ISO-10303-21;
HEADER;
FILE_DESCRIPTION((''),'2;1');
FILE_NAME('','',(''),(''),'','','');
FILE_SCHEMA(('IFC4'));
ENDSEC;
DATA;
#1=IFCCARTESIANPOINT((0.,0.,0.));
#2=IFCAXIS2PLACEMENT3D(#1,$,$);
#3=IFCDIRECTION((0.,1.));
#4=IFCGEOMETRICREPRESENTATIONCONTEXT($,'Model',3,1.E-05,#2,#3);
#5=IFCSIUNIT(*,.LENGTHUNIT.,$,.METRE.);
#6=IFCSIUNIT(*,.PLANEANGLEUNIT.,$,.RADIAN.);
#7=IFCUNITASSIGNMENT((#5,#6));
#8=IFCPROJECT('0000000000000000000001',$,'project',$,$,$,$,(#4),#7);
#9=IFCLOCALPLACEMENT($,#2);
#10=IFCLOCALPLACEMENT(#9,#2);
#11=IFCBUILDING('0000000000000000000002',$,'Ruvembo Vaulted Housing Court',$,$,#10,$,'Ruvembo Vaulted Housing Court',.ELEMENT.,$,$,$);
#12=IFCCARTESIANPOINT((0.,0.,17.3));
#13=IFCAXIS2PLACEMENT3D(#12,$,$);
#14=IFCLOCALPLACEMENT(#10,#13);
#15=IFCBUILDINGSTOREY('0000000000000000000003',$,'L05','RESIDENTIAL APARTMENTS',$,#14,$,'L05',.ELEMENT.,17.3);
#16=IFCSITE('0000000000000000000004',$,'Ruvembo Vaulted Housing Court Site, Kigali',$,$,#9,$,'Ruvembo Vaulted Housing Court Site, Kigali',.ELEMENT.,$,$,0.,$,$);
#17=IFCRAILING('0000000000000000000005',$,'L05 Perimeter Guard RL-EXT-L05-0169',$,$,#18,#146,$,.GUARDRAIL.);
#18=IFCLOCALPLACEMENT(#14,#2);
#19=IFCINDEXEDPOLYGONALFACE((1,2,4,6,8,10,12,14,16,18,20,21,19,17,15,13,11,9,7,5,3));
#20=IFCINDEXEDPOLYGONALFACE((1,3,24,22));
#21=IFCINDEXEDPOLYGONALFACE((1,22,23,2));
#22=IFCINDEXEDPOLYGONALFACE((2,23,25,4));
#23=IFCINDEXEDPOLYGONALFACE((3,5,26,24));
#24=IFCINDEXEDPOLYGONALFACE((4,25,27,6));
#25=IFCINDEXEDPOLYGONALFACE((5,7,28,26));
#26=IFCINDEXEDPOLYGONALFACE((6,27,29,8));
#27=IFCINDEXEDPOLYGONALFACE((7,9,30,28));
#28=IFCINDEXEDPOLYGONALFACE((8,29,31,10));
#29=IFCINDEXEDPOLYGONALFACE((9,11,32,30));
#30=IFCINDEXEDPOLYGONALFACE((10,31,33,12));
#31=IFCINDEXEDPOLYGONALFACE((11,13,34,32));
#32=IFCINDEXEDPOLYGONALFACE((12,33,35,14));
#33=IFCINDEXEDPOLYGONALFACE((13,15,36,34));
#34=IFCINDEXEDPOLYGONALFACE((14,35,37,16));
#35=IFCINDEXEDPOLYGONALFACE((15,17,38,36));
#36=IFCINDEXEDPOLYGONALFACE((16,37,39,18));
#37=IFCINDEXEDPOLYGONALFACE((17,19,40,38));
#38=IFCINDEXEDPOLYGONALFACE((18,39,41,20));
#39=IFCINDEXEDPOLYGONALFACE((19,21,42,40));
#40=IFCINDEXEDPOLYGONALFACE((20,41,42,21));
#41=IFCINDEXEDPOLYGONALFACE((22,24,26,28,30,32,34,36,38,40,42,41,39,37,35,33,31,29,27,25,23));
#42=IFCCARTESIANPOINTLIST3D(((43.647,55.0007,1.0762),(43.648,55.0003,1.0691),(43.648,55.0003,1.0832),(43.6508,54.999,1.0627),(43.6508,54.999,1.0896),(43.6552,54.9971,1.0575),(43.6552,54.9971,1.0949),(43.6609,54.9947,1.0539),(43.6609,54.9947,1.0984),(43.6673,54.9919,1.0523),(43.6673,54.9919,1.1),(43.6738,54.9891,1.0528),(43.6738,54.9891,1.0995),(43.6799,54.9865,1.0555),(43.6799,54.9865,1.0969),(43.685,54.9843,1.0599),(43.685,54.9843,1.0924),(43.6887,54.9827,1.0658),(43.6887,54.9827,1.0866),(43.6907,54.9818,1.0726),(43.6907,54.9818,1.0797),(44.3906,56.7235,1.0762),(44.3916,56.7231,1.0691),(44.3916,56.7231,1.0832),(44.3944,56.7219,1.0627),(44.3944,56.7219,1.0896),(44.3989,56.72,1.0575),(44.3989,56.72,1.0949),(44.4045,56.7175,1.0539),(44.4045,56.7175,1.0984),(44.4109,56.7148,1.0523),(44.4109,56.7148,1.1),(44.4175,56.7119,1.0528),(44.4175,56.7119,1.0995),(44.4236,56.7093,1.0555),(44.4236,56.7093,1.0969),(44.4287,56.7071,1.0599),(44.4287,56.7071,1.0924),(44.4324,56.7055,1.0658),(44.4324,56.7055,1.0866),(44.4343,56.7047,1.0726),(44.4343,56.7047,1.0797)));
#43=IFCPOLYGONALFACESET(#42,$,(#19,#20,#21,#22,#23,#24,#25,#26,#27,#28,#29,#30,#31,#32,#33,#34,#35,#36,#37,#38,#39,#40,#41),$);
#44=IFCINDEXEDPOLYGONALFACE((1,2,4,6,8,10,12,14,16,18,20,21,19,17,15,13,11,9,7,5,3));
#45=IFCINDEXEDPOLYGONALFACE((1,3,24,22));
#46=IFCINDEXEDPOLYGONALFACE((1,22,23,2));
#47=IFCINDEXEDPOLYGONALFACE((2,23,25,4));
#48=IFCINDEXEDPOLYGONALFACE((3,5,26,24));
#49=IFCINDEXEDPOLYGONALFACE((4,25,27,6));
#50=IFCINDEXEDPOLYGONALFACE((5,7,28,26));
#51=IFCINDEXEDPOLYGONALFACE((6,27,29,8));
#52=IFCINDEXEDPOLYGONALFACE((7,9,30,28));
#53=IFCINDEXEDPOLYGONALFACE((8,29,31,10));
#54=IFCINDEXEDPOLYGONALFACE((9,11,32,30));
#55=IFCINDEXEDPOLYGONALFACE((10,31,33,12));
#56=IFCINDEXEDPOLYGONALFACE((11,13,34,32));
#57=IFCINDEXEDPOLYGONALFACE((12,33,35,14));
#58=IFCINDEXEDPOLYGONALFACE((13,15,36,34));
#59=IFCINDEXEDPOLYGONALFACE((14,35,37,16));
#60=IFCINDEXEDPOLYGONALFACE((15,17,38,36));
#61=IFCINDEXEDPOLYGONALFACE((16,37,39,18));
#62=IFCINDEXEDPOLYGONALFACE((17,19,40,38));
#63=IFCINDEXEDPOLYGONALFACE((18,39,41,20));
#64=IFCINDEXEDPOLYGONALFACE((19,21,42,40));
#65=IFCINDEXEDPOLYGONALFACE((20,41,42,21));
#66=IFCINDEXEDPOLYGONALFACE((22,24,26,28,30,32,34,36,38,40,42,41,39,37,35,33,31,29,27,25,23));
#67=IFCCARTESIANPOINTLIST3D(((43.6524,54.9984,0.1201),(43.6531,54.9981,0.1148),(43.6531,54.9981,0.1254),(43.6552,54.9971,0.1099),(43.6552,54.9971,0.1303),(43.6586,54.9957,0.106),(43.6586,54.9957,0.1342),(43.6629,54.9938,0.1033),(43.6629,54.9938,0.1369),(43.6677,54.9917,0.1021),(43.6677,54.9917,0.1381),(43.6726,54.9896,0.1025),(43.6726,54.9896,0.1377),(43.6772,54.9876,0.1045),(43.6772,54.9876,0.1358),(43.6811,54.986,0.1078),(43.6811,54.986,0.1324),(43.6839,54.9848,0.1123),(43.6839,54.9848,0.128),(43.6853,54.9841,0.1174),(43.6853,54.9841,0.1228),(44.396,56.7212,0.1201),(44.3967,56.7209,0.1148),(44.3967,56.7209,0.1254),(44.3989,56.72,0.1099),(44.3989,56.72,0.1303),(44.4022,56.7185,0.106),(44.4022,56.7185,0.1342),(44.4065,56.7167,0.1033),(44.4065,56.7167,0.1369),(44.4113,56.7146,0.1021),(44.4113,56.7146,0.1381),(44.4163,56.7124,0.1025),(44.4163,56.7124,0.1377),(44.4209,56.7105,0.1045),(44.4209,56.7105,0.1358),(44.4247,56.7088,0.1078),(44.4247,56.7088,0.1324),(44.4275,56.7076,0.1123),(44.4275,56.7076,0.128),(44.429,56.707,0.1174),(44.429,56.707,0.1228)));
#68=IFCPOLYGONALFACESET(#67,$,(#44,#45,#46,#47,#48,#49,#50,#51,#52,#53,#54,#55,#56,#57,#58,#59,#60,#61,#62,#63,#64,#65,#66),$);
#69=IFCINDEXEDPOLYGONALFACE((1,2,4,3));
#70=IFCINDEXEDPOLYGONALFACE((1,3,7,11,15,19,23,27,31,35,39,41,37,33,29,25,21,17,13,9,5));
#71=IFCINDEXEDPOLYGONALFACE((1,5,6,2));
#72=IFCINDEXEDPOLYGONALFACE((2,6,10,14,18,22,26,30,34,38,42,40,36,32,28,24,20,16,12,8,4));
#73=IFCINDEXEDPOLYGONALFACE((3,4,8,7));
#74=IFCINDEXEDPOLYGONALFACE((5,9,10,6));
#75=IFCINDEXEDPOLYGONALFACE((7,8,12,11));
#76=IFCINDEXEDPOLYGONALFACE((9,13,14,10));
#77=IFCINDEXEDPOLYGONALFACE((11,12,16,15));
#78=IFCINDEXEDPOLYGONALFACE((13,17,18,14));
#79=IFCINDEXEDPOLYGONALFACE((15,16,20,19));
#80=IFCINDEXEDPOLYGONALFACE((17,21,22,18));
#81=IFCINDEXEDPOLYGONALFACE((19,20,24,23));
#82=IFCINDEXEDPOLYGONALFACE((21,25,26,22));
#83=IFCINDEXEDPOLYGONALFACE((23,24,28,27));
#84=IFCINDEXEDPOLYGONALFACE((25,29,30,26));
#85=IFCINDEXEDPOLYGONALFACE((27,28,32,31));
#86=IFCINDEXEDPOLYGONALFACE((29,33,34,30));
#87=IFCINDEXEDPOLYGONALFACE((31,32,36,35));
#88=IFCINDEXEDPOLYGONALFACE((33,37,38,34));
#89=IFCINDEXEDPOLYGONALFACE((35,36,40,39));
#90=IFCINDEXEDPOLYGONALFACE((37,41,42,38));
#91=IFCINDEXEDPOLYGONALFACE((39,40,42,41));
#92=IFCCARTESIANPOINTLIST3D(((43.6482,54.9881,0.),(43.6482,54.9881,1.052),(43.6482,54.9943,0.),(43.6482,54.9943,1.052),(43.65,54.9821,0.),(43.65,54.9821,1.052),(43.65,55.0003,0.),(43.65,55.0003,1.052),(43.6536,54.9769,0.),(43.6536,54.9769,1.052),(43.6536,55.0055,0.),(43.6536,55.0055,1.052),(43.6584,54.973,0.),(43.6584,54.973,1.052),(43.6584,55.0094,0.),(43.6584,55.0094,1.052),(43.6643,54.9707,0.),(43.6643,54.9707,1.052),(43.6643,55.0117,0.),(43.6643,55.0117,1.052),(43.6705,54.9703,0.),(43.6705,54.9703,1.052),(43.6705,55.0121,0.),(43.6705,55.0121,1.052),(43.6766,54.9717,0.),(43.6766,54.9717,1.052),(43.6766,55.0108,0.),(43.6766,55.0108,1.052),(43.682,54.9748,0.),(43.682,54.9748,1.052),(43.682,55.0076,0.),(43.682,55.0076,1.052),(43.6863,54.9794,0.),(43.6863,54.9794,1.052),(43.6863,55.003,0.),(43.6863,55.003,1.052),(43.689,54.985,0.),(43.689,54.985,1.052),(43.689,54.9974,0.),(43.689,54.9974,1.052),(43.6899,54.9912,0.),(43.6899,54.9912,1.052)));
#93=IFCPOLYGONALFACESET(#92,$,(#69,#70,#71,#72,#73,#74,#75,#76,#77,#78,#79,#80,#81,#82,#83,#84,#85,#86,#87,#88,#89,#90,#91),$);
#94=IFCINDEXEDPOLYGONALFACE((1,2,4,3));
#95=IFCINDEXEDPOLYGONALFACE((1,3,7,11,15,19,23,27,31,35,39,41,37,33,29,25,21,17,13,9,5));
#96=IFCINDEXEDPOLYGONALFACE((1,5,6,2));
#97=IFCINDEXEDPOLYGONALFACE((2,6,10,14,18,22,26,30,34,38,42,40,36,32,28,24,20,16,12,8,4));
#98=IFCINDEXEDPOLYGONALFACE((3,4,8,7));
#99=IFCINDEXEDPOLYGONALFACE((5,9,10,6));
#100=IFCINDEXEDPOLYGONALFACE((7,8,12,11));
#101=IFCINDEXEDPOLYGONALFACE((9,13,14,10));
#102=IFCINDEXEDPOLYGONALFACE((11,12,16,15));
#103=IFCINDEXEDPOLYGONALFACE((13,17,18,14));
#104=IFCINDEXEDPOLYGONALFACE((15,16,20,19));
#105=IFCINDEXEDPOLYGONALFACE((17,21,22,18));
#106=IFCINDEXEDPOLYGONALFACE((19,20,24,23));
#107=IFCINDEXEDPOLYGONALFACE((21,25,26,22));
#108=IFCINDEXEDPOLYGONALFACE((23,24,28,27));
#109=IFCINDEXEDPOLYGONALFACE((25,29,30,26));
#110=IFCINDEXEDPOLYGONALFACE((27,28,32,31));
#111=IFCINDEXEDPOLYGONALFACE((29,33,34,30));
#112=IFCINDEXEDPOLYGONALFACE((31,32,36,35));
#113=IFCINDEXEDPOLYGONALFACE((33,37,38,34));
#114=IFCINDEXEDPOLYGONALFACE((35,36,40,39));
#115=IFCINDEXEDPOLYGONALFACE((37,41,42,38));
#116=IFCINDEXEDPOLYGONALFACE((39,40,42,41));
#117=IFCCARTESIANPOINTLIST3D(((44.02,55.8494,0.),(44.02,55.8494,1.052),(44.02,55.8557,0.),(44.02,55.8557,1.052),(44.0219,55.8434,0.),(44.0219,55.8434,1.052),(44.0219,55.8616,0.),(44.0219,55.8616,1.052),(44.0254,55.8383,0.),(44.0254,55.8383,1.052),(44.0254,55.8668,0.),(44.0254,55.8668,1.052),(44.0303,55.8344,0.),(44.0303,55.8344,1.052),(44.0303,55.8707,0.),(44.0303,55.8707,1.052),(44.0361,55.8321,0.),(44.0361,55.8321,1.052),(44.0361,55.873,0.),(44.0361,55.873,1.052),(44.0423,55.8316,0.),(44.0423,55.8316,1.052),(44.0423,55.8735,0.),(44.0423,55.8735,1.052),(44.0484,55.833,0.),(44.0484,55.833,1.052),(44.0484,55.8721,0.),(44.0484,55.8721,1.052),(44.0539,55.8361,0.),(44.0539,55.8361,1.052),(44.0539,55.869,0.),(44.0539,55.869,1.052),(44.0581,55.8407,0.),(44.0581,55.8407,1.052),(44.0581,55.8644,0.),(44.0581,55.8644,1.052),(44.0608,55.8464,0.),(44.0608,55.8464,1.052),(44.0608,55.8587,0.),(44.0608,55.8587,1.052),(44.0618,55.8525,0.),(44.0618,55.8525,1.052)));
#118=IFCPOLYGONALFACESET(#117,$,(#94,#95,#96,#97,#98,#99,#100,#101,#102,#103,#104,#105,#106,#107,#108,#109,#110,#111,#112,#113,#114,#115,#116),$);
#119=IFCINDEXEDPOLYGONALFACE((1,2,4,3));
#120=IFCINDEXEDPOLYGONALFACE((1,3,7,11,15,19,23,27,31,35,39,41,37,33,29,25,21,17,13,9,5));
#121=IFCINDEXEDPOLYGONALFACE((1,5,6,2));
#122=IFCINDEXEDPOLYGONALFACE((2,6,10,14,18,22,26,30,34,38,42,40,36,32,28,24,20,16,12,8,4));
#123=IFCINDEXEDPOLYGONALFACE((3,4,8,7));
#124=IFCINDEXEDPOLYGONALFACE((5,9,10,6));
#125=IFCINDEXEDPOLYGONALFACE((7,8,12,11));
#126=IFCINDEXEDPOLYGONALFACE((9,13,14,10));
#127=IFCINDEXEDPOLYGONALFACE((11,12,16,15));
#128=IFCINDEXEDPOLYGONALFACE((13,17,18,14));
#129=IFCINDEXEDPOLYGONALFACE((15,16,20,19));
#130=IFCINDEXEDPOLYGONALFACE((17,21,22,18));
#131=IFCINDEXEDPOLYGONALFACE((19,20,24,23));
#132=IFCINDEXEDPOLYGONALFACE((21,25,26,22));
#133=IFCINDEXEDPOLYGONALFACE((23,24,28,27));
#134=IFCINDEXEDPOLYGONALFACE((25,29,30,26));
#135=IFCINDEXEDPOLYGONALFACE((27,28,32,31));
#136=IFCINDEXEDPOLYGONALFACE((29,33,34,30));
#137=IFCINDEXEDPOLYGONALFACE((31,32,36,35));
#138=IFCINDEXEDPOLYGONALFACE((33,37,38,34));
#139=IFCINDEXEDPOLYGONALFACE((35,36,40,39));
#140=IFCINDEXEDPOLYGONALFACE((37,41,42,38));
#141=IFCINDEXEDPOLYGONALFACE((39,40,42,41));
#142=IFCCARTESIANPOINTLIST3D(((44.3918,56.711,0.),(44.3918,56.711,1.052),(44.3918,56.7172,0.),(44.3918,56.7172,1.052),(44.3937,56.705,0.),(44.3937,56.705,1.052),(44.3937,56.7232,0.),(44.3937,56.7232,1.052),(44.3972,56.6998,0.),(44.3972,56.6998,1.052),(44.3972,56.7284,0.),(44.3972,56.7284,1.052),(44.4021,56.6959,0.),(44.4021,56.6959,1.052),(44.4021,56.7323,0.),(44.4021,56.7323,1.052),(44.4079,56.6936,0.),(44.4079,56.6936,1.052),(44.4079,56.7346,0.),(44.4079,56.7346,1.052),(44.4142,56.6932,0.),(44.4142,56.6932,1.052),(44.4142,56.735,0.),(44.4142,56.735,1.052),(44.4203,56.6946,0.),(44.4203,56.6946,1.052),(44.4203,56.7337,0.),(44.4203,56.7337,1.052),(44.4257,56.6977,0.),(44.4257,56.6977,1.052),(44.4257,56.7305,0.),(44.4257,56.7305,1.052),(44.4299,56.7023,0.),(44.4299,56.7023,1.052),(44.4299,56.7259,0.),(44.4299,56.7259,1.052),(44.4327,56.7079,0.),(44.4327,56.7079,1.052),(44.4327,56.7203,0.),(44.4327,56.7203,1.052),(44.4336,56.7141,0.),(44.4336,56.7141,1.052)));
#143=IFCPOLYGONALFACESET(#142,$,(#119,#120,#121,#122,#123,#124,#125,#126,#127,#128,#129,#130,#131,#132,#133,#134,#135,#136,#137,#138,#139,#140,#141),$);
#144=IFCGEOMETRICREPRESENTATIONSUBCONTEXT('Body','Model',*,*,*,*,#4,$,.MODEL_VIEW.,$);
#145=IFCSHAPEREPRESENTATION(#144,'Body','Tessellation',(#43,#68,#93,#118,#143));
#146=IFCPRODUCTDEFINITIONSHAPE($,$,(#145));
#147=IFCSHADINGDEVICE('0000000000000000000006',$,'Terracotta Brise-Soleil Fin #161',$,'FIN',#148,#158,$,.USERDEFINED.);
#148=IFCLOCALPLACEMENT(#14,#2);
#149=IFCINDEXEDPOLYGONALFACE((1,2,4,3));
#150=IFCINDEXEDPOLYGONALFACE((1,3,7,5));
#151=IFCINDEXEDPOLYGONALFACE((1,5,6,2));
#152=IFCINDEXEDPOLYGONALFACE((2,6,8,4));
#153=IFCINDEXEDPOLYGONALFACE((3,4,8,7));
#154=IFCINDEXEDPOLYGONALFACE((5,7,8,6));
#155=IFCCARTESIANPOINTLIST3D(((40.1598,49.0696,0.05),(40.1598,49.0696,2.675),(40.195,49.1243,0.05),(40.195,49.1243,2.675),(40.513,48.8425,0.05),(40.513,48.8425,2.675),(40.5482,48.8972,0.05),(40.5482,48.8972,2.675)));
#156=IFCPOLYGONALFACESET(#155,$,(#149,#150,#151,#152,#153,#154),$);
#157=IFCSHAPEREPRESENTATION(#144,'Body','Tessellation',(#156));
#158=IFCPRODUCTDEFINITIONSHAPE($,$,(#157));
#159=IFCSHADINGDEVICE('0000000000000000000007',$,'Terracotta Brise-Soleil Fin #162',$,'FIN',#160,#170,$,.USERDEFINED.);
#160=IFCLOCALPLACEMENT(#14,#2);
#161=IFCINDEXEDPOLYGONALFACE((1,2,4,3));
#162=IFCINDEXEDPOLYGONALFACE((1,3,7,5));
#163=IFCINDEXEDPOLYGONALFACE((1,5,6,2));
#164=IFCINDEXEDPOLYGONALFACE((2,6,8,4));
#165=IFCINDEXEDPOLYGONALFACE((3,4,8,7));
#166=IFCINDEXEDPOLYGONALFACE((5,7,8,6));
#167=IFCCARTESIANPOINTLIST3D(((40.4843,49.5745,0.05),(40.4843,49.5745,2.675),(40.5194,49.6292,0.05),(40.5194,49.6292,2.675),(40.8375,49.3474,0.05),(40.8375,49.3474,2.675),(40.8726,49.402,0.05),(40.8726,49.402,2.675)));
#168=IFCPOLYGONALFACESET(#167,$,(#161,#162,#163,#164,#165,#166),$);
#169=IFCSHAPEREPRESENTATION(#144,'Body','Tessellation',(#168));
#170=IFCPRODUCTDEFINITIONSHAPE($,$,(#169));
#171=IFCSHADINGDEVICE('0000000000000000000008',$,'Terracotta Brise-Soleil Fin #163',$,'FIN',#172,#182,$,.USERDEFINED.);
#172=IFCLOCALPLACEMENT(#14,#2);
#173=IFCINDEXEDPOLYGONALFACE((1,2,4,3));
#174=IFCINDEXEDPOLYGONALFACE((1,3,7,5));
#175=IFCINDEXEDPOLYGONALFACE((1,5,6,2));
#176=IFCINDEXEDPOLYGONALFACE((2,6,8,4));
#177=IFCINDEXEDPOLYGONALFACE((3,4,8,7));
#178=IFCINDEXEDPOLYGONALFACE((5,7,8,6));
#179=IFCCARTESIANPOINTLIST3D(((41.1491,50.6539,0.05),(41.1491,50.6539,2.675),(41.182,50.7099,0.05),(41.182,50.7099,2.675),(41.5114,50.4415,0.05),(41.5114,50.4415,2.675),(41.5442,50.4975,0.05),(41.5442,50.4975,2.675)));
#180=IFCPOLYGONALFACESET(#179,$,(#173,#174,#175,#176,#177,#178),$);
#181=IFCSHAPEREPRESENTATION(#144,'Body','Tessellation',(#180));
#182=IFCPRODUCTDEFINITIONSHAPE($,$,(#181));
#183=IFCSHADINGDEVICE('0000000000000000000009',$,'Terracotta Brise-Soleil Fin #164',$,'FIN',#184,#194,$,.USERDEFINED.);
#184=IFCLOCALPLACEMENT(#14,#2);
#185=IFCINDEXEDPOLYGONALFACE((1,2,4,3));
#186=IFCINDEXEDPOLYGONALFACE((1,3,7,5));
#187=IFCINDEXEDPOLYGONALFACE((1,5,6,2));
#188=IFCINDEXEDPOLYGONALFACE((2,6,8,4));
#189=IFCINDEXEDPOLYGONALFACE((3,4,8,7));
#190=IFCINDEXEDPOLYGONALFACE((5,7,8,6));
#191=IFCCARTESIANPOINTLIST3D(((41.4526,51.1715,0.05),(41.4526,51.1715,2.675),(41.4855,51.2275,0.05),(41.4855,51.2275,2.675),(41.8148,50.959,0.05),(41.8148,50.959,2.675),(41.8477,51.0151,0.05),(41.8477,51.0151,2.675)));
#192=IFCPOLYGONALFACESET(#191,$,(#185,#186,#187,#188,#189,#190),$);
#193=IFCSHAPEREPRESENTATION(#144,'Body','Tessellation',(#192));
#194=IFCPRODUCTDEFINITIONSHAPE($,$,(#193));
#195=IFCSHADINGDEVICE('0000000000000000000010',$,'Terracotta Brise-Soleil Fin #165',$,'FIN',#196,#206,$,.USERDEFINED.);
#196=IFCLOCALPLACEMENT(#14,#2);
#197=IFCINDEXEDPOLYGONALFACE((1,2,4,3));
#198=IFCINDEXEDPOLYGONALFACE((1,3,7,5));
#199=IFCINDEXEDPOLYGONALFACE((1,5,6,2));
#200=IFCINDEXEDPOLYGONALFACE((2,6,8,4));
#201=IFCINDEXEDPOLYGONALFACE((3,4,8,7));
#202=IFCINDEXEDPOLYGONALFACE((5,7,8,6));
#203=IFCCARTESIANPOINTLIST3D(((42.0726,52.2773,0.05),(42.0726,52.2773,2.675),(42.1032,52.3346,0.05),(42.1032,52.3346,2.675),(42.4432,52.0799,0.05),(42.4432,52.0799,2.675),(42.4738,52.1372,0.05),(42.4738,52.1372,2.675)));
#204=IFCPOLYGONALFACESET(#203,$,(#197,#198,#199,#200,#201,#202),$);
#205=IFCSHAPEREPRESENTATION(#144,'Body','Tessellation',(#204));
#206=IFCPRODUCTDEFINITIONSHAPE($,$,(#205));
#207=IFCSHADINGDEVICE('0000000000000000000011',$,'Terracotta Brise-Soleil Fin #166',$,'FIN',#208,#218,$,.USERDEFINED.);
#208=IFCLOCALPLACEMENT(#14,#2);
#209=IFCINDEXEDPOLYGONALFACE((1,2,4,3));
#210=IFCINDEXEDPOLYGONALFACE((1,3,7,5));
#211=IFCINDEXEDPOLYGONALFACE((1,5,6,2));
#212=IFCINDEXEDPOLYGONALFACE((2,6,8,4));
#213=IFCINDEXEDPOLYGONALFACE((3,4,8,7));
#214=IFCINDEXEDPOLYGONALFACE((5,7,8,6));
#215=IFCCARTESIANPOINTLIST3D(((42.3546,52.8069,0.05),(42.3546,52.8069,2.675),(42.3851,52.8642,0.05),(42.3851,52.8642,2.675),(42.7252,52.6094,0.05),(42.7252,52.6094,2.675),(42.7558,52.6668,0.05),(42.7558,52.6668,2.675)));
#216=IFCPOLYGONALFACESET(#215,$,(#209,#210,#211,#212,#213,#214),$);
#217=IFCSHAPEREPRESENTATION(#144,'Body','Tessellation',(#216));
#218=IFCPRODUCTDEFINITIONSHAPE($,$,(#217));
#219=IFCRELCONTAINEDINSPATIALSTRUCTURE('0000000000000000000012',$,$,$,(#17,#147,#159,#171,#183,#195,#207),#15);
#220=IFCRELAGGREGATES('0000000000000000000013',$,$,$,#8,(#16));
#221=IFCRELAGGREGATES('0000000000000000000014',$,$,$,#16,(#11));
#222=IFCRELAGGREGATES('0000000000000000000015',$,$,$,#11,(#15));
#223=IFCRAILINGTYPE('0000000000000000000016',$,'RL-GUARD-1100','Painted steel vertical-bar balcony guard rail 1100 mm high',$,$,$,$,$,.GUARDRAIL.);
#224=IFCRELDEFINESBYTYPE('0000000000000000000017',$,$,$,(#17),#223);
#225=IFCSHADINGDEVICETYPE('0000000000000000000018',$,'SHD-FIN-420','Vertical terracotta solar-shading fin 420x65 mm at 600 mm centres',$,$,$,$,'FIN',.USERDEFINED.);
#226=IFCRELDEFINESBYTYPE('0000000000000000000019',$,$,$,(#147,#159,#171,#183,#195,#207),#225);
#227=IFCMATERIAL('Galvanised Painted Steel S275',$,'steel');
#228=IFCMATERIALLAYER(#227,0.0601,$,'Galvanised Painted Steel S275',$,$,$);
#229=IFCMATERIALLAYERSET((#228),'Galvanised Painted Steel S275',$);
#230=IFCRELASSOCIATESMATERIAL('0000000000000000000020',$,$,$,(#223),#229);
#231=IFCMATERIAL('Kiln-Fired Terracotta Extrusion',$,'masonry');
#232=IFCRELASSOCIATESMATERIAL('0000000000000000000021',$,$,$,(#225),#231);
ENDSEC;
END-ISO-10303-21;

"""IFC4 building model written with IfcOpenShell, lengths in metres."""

from ifc_helpers import new_model, si_unit, direction, frame, origin, origin_2d, place, context, subcontext, project, spatial, rectangle, circle, extrude, material, layer, layer_set, type_object, element, save


model = new_model("IFC4")

# Units and contexts
model_context = context("Model", 3, precision=1e-05, world=origin(), true_north=direction((0.0, 1.0)))
body_context = subcontext(model_context, "Body", "Model", "MODEL_VIEW")
ifc_project = project(units=[si_unit("LENGTHUNIT", "METRE"), si_unit("PLANEANGLEUNIT", "RADIAN")], contexts=[model_context])

# Site, building, storey
site_placement = place(None, origin())
site = spatial("IfcSite", under=ifc_project, at=site_placement, Name="Ruvembo Vaulted Housing Court Site, Kigali", LongName="Ruvembo Vaulted Housing Court Site, Kigali", CompositionType="ELEMENT", RefElevation=0.0)
building_placement = place(site_placement, origin())
building = spatial("IfcBuilding", under=site, at=building_placement, Name="Ruvembo Vaulted Housing Court", LongName="Ruvembo Vaulted Housing Court", CompositionType="ELEMENT")
storey_placement = place(building_placement, frame((0.0, 0.0, 17.3)))
storey = spatial("IfcBuildingStorey", under=building, at=storey_placement, Name="L05", Description="RESIDENTIAL APARTMENTS", LongName="L05", CompositionType="ELEMENT", Elevation=17.3)

# Railing
ifc_material_1 = material(Name="Galvanised Painted Steel S275", Category="steel")
ifc_layer = layer(ifc_material_1, 0.0601, Name="Galvanised Painted Steel S275")
ifc_layer_set = layer_set([ifc_layer], Name="Galvanised Painted Steel S275")
railing_type = type_object("IfcRailingType", Name="RL-GUARD-1100", Description="Painted steel vertical-bar balcony guard rail 1100 mm high", PredefinedType="GUARDRAIL", material=ifc_layer_set)
railing_1_placement = place(storey_placement, frame((43.6689, 54.9912, 0.0)))
element("IfcRailing", 1, at=railing_1_placement, inside=storey, type_object=railing_type, Name="L05 Perimeter Guard RL-EXT-L05-0169", PredefinedType="GUARDRAIL", context=body_context, shape_type="SweptSolid", body=[
    extrude(circle(Radius=0.0239, at=origin_2d()), frame((0.0, 0.0, 1.0762), z_axis=(0.396289, 0.918126, 0.0), x_axis=(-0.918126, 0.396289, 0.0)), (0.0, 0.0, 1.0), 1.8765),
    extrude(circle(Radius=0.0181, at=origin_2d()), frame((0.0, 0.0, 0.1201), z_axis=(0.396289, 0.918126, 0.0), x_axis=(-0.918126, 0.396289, 0.0)), (0.0, 0.0, 1.0), 1.8765),
    extrude(circle(Radius=0.021, at=origin_2d()), origin(), (0.0, 0.0, 1.0), 1.052),
    extrude(circle(Radius=0.021, at=origin_2d()), frame((0.3718, 0.8613, 0.0)), (0.0, 0.0, 1.0), 1.052),
    extrude(circle(Radius=0.021, at=origin_2d()), frame((0.7437, 1.7229, 0.0)), (0.0, 0.0, 1.0), 1.052),
])

# Shading devices
ifc_material_2 = material(Name="Kiln-Fired Terracotta Extrusion", Category="masonry")
shading_device_type = type_object("IfcShadingDeviceType", Name="SHD-FIN-420", Description="Vertical terracotta solar-shading fin 420x65 mm at 600 mm centres", ElementType="FIN", PredefinedType="USERDEFINED", material=ifc_material_2)
for number, where, z_axis, x_axis, name in (
    (2, (40.354, 48.9834, 0.05), (0.0, 0.0, 1.0), (0.841115, -0.540857, 0.0), "Terracotta Brise-Soleil Fin #161"),
    (3, (40.6785, 49.4883, 0.05), (0.0, 0.0, 1.0), (0.841115, -0.540857, 0.0), "Terracotta Brise-Soleil Fin #162"),
    (4, (41.3467, 50.5757, 0.05), (0.0, 0.0, 1.0), (0.86262, -0.505853, 0.0), "Terracotta Brise-Soleil Fin #163"),
    (5, (41.6501, 51.0933, 0.05), (0.0, 0.0, 1.0), (0.86262, -0.505853, 0.0), "Terracotta Brise-Soleil Fin #164"),
    (6, (42.2732, 52.2073, 0.05), (0.0, 0.0, 1.0), (0.882587, -0.470149, 0.0), "Terracotta Brise-Soleil Fin #165"),
    (7, (42.5552, 52.7368, 0.05), (0.0, 0.0, 1.0), (0.882587, -0.470149, 0.0), "Terracotta Brise-Soleil Fin #166"),
):
    element("IfcShadingDevice", number, at=place(storey_placement, frame(where, z_axis=z_axis, x_axis=x_axis)), inside=storey, type_object=shading_device_type, Name=name, ObjectType="FIN", PredefinedType="USERDEFINED", context=body_context, shape_type="SweptSolid", body=[
        extrude(rectangle(XDim=0.4199, YDim=0.0649, at=origin_2d()), origin(), (0.0, 0.0, 1.0), 2.625),
    ])

save(model, "model.ifc")
